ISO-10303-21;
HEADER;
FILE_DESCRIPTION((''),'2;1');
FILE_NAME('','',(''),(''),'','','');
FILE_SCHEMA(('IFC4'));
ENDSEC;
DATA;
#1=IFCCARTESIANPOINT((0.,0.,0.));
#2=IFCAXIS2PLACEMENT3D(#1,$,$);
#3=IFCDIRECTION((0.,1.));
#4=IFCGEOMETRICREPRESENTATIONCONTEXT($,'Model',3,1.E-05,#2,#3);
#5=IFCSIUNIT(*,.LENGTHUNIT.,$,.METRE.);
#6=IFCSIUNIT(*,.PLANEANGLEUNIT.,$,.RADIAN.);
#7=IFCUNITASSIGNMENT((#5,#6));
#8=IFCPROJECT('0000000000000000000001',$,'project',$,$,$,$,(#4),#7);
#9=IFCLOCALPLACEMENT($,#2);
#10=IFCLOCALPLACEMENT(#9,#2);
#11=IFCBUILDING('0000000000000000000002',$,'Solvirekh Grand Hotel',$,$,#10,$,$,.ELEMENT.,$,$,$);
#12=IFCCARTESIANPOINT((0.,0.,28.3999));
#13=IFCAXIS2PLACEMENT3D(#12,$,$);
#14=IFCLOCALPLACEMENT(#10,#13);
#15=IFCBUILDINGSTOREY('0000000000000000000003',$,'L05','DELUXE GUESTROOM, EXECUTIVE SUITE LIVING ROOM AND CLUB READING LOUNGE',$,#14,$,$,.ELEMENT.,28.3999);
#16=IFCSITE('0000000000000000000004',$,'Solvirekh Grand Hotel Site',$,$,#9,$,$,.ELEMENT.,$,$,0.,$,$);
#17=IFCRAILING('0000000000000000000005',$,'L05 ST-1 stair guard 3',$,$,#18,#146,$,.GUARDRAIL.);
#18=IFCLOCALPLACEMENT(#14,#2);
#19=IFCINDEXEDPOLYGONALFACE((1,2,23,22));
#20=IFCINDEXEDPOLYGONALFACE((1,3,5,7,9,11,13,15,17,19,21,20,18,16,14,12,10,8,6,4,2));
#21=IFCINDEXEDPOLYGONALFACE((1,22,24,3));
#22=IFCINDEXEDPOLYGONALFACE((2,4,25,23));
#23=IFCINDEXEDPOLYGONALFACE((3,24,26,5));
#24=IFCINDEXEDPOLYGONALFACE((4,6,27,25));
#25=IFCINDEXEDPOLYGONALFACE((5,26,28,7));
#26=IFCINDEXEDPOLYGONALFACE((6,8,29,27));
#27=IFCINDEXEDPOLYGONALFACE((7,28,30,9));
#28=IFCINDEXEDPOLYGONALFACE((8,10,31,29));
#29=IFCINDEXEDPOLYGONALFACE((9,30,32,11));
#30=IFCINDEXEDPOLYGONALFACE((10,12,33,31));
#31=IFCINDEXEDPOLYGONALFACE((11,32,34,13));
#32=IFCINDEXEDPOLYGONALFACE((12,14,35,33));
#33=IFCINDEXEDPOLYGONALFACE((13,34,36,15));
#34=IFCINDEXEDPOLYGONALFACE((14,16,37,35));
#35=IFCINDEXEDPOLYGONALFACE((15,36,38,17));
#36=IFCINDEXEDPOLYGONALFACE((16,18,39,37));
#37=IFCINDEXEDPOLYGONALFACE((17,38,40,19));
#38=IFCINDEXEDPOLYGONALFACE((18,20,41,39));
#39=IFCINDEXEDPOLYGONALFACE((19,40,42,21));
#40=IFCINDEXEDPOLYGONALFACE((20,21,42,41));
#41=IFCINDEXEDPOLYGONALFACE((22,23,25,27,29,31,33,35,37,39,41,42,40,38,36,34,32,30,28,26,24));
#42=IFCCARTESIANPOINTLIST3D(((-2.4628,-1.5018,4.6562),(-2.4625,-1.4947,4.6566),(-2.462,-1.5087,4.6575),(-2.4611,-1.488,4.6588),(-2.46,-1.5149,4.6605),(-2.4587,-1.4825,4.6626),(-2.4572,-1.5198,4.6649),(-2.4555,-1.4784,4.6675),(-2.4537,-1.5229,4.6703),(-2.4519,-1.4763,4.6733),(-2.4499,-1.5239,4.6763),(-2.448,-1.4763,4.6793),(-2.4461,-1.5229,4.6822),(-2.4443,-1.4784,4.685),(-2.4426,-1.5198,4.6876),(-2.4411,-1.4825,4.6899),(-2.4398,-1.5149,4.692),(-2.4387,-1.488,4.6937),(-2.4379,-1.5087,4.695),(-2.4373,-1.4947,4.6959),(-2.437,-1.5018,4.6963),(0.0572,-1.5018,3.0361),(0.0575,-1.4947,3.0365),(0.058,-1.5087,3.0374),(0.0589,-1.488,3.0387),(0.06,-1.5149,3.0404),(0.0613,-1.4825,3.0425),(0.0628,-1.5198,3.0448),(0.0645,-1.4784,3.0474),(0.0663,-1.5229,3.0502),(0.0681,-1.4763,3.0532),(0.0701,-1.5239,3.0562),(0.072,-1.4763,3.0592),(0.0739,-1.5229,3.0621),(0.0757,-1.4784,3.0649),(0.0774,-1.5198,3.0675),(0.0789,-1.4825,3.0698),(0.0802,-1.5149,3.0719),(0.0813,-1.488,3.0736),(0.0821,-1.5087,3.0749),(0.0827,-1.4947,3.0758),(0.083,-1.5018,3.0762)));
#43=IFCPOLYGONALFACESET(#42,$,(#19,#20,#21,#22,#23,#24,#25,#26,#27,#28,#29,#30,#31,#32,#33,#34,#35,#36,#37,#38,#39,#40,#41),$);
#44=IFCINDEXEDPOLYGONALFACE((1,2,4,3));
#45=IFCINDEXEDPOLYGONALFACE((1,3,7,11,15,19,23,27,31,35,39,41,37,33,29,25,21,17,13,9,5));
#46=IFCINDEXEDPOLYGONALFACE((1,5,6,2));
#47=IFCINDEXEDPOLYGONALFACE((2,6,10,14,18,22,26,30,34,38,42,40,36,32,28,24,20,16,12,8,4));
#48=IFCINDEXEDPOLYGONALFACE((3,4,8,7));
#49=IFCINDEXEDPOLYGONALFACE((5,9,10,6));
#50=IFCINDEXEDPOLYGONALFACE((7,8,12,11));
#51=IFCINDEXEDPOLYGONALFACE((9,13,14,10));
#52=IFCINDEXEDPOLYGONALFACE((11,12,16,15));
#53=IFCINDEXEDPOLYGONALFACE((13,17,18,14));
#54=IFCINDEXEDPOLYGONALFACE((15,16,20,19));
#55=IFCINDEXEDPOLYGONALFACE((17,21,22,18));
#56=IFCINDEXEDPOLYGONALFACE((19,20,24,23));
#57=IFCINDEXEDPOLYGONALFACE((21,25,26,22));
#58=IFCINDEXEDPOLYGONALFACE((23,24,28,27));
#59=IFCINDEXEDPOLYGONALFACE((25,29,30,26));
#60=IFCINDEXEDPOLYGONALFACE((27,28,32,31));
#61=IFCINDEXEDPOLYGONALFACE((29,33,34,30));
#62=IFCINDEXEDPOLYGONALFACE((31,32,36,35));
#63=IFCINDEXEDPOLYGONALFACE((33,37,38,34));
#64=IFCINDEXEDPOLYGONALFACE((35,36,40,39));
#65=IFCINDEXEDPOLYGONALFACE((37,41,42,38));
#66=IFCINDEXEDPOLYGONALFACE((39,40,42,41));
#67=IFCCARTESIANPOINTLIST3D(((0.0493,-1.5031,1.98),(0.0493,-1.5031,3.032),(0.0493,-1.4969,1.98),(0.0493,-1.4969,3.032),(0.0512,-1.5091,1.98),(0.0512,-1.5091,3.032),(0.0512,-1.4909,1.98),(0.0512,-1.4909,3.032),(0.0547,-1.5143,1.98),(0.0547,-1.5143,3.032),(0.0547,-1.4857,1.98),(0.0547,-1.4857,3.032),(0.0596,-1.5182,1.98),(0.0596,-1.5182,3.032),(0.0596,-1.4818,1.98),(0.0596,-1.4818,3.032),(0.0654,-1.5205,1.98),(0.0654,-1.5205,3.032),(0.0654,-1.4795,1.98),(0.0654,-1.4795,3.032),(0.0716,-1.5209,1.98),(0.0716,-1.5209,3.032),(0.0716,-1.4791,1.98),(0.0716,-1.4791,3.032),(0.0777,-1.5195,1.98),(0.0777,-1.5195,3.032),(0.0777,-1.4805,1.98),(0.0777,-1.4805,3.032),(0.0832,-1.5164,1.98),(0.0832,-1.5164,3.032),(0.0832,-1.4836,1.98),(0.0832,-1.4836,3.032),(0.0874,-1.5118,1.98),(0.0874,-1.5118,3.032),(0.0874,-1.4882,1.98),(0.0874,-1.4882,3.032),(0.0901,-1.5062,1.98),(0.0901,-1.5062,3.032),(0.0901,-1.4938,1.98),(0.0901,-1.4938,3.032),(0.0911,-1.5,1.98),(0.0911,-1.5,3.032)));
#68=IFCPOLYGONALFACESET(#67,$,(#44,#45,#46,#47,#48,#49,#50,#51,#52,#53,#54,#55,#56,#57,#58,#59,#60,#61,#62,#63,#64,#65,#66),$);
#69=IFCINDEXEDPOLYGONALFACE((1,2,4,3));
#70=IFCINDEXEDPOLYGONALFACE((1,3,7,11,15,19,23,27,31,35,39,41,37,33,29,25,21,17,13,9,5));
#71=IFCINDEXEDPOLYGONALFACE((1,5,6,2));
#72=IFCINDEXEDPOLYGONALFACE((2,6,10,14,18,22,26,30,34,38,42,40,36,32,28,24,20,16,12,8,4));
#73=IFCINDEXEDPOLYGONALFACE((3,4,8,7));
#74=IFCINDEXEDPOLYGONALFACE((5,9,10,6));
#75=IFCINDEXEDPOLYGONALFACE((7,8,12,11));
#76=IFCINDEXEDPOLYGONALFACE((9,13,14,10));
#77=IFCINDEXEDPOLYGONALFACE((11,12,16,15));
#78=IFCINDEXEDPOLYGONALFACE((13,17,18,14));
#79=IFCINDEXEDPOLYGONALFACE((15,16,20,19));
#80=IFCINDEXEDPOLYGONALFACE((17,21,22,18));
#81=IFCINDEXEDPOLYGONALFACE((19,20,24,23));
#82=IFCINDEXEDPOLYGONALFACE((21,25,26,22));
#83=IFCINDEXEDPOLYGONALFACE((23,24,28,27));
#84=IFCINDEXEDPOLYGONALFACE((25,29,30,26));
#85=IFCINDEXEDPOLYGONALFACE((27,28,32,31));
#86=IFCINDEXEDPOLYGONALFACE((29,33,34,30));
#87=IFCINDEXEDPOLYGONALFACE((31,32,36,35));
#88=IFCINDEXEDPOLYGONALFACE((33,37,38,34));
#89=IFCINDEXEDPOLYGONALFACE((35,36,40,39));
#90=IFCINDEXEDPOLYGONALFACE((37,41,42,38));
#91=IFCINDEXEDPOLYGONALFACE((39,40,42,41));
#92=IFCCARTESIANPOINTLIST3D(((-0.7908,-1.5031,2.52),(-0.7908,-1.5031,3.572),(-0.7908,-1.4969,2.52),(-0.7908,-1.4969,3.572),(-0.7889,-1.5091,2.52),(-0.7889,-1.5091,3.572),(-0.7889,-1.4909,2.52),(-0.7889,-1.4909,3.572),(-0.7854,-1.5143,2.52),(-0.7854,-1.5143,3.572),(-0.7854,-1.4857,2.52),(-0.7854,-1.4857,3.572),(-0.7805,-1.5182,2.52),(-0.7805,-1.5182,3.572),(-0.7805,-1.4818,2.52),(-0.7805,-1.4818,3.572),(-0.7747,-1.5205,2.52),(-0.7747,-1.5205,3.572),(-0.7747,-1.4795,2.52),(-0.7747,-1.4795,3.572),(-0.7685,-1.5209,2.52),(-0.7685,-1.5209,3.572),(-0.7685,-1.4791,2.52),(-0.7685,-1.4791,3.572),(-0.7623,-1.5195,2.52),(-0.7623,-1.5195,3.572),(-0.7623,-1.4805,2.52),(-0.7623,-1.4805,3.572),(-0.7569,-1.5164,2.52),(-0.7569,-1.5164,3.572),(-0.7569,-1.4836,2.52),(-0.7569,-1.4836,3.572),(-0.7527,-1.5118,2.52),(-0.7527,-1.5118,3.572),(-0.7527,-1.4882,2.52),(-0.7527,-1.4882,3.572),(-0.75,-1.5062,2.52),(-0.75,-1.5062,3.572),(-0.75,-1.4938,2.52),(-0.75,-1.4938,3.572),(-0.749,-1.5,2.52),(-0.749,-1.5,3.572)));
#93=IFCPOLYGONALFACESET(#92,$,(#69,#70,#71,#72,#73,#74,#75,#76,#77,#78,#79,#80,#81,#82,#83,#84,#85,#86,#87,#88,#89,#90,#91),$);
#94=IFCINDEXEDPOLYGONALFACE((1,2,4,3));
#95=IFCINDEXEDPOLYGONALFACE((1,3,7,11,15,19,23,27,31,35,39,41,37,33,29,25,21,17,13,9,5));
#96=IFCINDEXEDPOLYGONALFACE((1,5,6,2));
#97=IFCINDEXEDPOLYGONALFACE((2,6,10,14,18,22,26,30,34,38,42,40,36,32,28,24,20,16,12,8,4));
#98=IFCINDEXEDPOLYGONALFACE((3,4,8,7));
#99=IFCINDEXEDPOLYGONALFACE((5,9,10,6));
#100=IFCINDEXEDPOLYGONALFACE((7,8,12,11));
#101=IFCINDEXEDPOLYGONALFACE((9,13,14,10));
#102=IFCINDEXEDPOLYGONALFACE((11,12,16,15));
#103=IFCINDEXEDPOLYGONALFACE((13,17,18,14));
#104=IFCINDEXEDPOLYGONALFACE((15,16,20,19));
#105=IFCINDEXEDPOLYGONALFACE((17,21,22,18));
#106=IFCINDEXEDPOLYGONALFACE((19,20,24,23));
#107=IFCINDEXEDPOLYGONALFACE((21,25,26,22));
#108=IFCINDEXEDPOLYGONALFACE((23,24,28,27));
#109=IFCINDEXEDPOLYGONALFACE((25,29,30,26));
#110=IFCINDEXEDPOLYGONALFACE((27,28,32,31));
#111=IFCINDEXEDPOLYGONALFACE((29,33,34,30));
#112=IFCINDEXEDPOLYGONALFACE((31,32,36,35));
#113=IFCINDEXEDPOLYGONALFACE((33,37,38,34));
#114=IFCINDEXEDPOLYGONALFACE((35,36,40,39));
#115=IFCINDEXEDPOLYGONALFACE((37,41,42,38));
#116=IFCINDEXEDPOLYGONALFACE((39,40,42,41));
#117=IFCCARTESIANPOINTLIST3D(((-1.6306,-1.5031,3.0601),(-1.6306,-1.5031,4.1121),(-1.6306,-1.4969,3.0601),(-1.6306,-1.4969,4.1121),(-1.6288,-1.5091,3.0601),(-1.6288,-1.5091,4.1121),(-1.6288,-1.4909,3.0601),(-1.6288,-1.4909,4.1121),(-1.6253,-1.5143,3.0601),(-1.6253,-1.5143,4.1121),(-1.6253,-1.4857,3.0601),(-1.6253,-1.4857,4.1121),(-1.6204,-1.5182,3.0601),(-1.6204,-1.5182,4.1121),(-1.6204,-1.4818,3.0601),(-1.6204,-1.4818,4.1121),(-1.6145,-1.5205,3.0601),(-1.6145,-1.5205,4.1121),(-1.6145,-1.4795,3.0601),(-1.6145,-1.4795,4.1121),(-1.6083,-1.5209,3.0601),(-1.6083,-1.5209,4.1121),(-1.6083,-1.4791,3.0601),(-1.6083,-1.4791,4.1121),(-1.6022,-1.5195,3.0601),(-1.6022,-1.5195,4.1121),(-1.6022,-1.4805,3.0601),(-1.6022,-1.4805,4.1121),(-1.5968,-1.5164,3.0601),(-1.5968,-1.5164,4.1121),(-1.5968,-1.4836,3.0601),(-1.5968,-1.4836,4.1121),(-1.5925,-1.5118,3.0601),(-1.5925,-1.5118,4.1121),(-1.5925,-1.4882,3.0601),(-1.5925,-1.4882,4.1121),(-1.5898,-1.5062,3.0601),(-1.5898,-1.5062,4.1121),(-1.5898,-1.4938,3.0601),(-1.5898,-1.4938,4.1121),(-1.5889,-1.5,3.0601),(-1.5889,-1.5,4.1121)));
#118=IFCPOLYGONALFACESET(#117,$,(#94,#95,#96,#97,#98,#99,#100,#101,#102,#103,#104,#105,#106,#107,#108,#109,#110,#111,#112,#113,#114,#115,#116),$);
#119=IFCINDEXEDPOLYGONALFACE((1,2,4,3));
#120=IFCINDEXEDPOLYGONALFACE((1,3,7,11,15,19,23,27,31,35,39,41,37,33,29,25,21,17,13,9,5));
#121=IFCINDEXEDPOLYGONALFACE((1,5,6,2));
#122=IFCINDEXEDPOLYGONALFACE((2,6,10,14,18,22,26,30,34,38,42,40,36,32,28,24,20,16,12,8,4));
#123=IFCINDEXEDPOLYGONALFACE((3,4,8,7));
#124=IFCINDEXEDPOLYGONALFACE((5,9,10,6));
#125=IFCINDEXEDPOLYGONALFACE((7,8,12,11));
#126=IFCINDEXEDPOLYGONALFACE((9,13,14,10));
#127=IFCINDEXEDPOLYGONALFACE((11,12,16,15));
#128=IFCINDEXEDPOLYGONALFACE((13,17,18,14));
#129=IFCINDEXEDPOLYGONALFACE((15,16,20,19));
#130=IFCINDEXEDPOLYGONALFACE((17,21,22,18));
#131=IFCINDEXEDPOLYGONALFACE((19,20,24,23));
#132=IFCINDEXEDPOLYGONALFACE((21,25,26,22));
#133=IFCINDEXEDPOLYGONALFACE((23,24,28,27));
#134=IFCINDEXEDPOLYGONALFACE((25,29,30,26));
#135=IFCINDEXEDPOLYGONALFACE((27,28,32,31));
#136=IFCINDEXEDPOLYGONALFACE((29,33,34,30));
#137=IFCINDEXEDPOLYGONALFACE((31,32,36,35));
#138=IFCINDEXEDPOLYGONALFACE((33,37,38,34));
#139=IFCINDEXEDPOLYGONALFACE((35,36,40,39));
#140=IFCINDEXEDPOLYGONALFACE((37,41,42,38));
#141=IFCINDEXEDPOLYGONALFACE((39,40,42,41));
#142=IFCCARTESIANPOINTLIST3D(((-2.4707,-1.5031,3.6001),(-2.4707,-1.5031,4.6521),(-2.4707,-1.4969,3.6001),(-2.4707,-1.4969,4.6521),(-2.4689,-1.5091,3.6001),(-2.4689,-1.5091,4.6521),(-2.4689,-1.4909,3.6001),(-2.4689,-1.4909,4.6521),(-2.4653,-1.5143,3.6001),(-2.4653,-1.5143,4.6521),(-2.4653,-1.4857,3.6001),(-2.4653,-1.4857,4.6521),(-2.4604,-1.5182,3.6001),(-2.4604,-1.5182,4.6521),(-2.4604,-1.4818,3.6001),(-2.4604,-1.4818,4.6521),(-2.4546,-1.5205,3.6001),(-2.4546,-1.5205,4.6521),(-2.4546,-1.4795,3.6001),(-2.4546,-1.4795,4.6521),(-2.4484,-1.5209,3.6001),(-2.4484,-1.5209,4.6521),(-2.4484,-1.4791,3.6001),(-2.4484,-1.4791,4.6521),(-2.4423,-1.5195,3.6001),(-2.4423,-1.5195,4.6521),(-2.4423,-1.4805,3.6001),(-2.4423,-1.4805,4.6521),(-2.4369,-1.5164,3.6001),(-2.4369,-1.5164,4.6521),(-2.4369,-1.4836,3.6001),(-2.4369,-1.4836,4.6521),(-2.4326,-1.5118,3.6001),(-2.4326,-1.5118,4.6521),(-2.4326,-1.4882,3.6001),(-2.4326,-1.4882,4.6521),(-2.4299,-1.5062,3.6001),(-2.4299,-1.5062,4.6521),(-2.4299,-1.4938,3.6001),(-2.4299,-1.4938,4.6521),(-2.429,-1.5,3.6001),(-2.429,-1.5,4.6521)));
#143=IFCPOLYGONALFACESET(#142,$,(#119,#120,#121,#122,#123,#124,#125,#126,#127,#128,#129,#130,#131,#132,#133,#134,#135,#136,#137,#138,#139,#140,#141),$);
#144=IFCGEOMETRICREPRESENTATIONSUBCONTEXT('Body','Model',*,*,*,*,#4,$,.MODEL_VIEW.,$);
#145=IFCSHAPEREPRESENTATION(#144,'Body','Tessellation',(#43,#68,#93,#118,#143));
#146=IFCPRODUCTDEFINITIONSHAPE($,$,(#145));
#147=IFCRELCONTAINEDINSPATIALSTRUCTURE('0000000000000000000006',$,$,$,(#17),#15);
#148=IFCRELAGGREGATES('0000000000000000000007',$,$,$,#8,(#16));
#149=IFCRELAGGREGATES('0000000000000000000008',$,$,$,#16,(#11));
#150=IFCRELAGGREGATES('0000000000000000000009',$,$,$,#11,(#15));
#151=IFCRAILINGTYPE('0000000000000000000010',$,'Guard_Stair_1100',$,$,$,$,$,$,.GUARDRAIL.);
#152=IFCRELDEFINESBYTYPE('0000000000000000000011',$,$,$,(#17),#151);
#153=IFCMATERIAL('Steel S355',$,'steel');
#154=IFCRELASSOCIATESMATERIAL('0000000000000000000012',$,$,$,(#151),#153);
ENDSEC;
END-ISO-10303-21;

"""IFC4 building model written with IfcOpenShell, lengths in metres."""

from ifc_helpers import new_model, si_unit, direction, frame, origin, origin_2d, place, context, subcontext, project, spatial, circle, extrude, material, type_object, element, save


model = new_model("IFC4")

# Units and contexts
model_context = context("Model", 3, precision=1e-05, world=origin(), true_north=direction((0.0, 1.0)))
body_context = subcontext(model_context, "Body", "Model", "MODEL_VIEW")
ifc_project = project(units=[si_unit("LENGTHUNIT", "METRE"), si_unit("PLANEANGLEUNIT", "RADIAN")], contexts=[model_context])

# Site, building, storey
site_placement = place(None, origin())
site = spatial("IfcSite", under=ifc_project, at=site_placement, Name="Solvirekh Grand Hotel Site", CompositionType="ELEMENT", RefElevation=0.0)
building_placement = place(site_placement, origin())
building = spatial("IfcBuilding", under=site, at=building_placement, Name="Solvirekh Grand Hotel", CompositionType="ELEMENT")
storey_placement = place(building_placement, frame((0.0, 0.0, 28.3999)))
storey = spatial("IfcBuildingStorey", under=building, at=storey_placement, Name="L05", Description="DELUXE GUESTROOM, EXECUTIVE SUITE LIVING ROOM AND CLUB READING LOUNGE", CompositionType="ELEMENT", Elevation=28.3999)

# Railing
ifc_material_1 = material(Name="Steel S355", Category="steel")
railing_type_1 = type_object("IfcRailingType", Name="Guard_Stair_1100", PredefinedType="GUARDRAIL", material=ifc_material_1)
railing_1_placement = place(storey_placement, frame((0.0701, -1.5, 1.98)))
element("IfcRailing", 1, at=railing_1_placement, inside=storey, type_object=railing_type_1, Name="L05 ST-1 stair guard 3", PredefinedType="GUARDRAIL", context=body_context, shape_type="SweptSolid", body=[
    extrude(circle(Radius=0.0239, at=origin_2d()), frame((0.0, 0.0, 1.0762), z_axis=(-0.841163, 0.0, 0.540782), x_axis=(0.0, -1.0, 0.0)), (0.0, 0.0, 1.0), 2.9958),
    extrude(circle(Radius=0.021, at=origin_2d()), origin(), (0.0, 0.0, 1.0), 1.052),
    extrude(circle(Radius=0.021, at=origin_2d()), frame((-0.8401, 0.0, 0.54)), (0.0, 0.0, 1.0), 1.052),
    extrude(circle(Radius=0.021, at=origin_2d()), frame((-1.6799, 0.0, 1.0801)), (0.0, 0.0, 1.0), 1.052),
    extrude(circle(Radius=0.021, at=origin_2d()), frame((-2.52, 0.0, 1.6201)), (0.0, 0.0, 1.0), 1.052),
])

save(model, "model.ifc")
